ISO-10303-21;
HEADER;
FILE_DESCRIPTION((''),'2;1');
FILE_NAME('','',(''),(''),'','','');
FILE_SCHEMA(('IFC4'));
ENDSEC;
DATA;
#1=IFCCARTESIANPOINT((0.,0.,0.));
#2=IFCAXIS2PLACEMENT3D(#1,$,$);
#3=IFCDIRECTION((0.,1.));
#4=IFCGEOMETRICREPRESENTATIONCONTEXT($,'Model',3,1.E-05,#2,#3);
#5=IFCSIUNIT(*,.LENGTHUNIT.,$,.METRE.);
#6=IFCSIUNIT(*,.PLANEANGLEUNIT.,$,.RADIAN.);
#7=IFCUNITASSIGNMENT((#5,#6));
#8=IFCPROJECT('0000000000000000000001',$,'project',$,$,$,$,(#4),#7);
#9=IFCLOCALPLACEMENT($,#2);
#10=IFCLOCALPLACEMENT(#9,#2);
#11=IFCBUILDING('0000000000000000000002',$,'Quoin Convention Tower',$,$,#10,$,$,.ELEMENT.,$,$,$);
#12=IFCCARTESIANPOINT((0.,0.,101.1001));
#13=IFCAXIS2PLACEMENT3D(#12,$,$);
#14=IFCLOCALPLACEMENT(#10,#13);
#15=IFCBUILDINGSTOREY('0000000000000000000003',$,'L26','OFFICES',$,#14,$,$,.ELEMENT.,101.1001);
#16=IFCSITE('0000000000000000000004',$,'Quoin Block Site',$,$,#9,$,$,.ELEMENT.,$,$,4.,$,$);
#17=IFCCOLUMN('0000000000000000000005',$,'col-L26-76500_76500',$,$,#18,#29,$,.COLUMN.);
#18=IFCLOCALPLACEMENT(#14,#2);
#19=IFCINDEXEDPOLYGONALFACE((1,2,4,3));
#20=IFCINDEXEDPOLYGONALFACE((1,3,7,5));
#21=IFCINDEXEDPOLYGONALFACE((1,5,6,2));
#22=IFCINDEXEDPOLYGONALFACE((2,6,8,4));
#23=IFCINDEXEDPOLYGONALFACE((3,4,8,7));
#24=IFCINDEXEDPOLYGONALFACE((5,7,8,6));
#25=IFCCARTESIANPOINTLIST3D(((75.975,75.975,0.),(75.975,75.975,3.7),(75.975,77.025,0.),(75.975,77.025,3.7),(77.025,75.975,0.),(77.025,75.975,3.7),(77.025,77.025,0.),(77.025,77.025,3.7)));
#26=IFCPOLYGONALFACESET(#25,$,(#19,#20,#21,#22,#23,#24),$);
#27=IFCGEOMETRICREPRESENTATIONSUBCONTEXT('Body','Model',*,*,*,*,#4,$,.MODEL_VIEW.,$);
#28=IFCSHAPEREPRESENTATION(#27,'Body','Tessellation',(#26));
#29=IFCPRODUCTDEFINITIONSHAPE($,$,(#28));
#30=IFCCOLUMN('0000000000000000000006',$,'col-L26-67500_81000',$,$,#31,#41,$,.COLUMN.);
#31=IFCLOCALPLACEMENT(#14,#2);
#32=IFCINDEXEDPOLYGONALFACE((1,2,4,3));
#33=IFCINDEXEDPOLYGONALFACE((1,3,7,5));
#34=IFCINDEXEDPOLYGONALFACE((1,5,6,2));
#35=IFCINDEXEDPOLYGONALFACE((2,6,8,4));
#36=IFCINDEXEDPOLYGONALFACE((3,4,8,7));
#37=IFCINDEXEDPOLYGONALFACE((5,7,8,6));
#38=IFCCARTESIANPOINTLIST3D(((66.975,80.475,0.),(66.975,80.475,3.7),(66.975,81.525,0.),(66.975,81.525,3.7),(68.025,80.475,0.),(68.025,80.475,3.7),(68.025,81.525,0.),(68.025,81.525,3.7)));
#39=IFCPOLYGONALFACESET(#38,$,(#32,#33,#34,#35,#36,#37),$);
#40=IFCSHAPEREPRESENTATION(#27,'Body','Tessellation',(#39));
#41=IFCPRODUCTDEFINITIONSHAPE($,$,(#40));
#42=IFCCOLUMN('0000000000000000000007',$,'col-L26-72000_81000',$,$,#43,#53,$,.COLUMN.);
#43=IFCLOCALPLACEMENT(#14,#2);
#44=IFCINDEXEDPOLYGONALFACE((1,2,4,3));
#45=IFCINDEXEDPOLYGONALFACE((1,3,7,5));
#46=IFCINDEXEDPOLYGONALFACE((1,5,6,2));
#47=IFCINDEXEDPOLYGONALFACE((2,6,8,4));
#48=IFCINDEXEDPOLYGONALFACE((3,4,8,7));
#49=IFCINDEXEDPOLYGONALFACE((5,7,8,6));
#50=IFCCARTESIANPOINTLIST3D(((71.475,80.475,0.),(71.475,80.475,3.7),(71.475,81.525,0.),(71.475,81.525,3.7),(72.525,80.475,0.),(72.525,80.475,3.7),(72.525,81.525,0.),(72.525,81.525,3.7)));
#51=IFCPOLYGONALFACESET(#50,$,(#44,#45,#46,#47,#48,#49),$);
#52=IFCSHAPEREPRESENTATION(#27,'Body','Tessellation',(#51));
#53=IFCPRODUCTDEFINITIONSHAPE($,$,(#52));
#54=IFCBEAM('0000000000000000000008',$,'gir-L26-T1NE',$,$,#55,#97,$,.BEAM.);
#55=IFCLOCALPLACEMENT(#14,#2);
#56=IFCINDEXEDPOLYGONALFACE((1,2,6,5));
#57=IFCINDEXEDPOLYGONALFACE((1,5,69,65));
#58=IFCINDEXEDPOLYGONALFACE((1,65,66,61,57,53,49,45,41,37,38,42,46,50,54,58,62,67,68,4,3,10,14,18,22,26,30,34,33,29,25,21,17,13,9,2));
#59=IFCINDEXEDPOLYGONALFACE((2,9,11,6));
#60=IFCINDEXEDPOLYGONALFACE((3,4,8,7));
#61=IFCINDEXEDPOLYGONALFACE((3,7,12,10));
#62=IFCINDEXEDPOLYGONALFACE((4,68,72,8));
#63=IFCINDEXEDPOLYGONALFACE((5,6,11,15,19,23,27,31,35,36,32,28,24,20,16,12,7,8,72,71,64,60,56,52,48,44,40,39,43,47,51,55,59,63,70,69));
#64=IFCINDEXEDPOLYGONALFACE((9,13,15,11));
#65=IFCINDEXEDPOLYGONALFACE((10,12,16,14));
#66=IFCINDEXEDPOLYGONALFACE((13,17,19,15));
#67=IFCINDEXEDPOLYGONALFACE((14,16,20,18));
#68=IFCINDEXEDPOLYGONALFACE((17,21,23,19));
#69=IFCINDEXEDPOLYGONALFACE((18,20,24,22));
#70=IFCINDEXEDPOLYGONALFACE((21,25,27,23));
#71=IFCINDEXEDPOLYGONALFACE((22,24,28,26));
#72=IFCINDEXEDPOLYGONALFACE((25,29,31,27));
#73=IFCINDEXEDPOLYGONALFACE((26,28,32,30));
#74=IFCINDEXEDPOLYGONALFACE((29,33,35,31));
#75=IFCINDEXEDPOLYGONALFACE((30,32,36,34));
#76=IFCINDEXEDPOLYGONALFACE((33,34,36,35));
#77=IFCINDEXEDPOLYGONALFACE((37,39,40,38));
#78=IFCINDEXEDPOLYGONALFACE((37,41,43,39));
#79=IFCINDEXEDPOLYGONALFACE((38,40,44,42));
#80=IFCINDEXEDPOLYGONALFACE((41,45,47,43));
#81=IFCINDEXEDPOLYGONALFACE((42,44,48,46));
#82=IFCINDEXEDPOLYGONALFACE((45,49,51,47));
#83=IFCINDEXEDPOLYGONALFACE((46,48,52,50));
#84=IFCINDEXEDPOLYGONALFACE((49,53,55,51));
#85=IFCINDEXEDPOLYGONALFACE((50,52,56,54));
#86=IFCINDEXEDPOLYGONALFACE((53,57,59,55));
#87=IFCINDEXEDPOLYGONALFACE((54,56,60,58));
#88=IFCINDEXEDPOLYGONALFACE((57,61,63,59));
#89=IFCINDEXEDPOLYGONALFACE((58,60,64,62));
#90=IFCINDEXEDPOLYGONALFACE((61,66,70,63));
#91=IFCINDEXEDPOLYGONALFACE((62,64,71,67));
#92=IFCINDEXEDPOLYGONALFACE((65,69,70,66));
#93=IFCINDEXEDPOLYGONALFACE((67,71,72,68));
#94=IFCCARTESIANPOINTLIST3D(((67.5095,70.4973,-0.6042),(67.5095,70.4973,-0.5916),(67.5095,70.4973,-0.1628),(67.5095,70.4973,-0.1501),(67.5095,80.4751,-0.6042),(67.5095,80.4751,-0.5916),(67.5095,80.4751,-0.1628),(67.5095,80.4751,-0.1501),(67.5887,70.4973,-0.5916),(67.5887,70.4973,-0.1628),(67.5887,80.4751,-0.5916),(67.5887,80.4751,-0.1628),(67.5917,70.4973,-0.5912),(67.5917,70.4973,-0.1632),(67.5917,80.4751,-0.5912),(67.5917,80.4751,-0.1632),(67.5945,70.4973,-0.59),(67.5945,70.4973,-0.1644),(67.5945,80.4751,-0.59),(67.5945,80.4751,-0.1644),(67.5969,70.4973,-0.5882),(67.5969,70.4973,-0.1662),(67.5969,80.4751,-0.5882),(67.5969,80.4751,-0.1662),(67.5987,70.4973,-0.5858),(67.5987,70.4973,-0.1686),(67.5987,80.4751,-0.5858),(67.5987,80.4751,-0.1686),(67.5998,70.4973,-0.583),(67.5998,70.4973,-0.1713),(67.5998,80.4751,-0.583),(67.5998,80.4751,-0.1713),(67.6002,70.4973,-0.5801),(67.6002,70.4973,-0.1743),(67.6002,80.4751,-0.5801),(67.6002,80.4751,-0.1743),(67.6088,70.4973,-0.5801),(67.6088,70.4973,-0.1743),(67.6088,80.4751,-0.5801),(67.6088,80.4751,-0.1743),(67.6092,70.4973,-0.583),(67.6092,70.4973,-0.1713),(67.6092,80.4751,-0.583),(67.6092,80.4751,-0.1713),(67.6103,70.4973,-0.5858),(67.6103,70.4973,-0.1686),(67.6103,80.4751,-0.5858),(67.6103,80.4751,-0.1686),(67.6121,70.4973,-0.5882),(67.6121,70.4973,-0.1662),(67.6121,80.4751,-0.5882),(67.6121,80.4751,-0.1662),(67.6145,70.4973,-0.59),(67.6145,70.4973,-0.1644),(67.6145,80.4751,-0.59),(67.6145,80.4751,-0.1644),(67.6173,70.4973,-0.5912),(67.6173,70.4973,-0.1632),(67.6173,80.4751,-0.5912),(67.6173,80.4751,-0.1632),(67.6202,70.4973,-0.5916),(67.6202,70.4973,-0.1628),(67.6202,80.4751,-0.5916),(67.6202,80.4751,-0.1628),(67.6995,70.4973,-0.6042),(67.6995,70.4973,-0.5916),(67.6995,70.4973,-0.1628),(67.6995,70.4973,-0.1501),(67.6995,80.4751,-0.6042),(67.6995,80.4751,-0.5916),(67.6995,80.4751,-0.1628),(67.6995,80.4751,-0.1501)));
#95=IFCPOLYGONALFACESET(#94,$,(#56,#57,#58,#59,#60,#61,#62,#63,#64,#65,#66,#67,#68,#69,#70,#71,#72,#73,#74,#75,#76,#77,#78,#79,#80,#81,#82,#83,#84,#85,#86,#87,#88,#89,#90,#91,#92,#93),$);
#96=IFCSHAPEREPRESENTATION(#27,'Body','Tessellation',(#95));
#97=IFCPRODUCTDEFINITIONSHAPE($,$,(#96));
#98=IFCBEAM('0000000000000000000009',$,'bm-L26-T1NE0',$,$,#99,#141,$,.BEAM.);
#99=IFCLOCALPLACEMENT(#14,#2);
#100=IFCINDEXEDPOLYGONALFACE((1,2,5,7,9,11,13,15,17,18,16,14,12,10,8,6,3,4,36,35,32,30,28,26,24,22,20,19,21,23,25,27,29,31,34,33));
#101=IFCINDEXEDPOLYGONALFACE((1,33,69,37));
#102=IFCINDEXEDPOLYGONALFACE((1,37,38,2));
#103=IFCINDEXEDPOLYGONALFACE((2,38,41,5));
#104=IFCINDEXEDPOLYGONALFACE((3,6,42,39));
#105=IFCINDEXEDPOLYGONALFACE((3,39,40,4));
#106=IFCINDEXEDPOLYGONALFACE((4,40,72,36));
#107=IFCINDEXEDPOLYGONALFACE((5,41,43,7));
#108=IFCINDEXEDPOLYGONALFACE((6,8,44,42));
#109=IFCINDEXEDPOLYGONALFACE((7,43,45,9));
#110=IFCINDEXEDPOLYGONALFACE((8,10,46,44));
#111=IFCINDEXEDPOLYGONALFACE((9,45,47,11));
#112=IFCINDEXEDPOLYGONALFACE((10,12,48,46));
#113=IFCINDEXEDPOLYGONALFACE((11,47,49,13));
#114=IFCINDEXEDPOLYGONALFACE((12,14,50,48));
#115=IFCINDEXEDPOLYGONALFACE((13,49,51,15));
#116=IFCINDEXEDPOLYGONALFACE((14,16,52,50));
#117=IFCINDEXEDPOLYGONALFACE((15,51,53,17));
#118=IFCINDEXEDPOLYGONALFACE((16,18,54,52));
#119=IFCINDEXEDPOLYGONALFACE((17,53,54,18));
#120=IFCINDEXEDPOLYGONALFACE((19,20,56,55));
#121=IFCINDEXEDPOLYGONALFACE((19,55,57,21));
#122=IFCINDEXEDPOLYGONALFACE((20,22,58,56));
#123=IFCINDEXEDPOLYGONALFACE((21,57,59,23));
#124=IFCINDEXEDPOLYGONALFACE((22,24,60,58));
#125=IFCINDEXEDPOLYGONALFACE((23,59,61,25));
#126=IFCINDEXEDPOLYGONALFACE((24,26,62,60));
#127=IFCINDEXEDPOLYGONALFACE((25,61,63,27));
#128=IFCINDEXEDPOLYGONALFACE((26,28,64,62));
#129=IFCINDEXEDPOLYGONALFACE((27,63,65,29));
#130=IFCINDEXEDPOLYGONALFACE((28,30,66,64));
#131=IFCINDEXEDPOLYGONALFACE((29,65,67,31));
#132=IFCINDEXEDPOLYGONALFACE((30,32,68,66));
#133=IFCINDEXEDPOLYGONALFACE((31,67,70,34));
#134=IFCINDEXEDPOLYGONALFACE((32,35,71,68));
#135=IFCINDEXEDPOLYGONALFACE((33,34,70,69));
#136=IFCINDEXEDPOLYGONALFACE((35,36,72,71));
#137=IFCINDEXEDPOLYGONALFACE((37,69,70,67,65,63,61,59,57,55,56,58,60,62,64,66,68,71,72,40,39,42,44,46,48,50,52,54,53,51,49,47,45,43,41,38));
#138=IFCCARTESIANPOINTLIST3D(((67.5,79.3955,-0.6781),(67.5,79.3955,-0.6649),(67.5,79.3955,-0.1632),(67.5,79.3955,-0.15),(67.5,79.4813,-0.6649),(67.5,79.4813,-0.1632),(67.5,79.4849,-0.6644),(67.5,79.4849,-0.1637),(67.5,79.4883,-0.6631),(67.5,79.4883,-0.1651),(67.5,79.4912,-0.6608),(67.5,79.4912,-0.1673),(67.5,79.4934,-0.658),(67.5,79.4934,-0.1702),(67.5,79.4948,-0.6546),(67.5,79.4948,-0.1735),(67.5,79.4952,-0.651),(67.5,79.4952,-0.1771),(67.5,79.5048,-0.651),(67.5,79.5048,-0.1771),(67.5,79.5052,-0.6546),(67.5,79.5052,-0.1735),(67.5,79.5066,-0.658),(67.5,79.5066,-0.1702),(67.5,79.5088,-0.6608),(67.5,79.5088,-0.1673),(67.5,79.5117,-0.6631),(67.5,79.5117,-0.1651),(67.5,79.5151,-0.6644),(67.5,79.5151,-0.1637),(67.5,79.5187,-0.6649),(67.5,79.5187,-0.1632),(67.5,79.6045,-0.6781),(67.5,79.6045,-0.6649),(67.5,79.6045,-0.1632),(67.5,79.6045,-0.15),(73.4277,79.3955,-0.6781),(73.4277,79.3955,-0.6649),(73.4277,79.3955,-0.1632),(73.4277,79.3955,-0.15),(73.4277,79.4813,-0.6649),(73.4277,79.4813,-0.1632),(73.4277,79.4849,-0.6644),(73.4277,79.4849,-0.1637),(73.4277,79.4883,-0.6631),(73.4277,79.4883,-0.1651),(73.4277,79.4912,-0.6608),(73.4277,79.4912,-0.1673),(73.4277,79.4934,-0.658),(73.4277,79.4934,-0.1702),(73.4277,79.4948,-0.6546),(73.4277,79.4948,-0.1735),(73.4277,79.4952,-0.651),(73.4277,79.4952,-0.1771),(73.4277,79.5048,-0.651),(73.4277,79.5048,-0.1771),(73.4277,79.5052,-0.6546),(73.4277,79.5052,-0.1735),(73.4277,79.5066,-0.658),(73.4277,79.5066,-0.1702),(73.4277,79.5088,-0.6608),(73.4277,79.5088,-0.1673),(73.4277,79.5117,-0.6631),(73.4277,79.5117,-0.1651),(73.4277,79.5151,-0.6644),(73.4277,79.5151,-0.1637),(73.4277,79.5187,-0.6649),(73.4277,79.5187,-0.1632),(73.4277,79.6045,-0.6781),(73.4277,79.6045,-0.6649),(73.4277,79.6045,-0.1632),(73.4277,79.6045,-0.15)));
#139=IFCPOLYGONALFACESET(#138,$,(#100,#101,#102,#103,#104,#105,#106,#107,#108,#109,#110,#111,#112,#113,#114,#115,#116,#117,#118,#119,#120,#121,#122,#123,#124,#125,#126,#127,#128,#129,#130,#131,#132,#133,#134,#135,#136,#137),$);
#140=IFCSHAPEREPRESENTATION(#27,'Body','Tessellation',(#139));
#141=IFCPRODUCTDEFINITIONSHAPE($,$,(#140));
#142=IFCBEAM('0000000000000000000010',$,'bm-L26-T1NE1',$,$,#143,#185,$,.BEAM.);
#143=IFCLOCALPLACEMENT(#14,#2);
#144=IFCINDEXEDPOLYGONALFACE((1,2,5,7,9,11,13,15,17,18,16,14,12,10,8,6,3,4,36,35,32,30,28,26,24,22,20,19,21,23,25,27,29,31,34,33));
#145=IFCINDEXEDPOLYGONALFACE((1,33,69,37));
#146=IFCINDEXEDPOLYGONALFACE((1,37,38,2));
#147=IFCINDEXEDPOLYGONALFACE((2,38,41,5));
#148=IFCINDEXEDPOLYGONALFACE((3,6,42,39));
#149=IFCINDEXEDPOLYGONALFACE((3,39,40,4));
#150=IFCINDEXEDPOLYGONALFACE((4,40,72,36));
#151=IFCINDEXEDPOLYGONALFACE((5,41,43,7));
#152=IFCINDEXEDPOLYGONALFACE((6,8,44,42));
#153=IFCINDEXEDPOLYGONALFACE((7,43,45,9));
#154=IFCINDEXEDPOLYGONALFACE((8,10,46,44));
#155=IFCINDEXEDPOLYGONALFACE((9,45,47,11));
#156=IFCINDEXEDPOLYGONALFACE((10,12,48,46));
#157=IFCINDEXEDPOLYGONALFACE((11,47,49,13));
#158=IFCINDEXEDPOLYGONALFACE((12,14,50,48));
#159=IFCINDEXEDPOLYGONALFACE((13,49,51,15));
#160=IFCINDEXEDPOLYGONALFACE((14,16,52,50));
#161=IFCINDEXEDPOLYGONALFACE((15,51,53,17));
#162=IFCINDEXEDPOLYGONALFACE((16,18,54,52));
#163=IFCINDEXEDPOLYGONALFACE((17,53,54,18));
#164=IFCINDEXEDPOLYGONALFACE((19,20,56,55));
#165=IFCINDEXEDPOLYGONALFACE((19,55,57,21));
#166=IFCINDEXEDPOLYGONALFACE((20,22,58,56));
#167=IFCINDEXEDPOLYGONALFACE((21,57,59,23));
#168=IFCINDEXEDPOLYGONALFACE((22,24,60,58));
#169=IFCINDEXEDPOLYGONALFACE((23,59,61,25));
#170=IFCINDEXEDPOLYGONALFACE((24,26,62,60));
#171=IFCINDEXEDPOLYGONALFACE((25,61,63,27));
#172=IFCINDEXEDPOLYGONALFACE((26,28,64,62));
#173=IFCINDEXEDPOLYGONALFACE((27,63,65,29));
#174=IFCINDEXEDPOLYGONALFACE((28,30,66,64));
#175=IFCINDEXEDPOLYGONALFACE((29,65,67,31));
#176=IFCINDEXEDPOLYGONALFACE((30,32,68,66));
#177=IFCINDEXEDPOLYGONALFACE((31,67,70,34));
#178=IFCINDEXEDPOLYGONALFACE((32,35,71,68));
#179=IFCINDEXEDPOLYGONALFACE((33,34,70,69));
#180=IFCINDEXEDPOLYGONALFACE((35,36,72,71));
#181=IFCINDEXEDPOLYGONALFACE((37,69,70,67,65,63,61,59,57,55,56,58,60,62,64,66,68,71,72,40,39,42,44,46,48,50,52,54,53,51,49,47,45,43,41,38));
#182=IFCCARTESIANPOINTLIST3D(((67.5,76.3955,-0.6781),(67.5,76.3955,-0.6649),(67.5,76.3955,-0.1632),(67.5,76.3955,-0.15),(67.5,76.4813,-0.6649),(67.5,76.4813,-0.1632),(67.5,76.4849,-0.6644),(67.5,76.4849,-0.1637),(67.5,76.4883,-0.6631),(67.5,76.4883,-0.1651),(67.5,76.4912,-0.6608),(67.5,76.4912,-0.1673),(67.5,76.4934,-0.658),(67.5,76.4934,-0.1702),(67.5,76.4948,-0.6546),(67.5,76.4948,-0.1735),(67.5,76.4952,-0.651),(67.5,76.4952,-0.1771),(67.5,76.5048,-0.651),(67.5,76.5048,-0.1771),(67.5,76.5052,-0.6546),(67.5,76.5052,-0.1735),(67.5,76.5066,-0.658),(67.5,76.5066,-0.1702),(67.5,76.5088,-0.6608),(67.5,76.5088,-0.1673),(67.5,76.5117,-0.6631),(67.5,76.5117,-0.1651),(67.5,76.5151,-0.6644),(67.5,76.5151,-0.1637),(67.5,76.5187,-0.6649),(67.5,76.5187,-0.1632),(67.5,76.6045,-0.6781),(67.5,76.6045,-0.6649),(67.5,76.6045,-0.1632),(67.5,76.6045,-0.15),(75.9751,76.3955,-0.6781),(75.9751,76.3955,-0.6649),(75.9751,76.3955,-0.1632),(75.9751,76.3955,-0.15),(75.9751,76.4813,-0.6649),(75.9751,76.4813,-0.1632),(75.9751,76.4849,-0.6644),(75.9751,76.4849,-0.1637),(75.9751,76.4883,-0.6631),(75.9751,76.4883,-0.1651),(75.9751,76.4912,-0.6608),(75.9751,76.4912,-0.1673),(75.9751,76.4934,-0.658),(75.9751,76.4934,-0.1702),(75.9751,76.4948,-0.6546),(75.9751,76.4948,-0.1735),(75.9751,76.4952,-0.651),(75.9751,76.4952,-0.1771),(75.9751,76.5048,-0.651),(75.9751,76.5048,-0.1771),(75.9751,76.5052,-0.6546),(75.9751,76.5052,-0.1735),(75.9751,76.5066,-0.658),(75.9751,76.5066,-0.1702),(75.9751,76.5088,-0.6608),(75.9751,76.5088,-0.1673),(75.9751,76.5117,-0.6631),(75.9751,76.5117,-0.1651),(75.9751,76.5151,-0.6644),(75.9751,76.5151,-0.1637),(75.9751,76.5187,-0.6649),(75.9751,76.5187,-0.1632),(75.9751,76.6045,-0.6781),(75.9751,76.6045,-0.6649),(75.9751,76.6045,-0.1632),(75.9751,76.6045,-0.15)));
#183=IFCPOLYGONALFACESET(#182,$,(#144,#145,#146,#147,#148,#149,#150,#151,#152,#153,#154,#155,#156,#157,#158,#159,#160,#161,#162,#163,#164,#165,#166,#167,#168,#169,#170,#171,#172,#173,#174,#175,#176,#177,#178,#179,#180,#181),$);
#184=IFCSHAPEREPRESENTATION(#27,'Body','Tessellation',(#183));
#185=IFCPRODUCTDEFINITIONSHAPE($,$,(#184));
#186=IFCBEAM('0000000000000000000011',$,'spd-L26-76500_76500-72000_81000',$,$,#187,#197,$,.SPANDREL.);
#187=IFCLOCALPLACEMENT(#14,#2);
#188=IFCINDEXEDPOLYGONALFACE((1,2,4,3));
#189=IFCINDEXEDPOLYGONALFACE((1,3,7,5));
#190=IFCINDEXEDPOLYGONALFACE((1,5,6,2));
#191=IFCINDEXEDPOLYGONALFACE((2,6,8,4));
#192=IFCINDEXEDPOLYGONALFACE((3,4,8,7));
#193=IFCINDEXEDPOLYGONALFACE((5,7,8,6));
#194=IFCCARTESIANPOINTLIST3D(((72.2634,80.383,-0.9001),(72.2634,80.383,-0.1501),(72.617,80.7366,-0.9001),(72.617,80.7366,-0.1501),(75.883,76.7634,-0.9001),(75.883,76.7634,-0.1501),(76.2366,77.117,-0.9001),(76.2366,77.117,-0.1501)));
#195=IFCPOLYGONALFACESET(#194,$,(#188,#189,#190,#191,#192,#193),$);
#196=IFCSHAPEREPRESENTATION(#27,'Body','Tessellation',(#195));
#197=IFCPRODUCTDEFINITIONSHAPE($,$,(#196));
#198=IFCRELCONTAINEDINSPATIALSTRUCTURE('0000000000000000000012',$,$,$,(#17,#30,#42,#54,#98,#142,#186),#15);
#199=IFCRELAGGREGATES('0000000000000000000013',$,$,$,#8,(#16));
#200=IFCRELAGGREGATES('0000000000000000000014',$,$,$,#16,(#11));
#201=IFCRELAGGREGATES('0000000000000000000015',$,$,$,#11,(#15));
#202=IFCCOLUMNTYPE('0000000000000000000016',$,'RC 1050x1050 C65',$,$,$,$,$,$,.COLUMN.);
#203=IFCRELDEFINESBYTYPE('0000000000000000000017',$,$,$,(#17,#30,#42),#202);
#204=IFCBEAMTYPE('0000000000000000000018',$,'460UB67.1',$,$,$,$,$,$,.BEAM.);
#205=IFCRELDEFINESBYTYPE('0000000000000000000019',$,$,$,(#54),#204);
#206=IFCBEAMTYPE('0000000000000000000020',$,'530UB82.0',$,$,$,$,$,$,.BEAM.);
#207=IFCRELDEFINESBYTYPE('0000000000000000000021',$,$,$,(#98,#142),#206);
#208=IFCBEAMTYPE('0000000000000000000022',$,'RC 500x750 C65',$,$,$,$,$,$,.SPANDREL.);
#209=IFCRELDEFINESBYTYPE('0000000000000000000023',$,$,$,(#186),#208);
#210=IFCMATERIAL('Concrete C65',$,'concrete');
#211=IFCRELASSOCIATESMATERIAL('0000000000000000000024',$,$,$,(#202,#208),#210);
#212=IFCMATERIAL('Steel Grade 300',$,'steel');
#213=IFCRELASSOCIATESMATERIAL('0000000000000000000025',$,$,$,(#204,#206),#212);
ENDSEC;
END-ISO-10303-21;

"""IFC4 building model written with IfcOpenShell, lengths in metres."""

from ifc_helpers import new_model, si_unit, direction, frame, origin, origin_2d, place, context, subcontext, project, spatial, rectangle, i_section, extrude, material, material_profile, profile_set, type_object, element, save


model = new_model("IFC4")

# Units and contexts
model_context = context("Model", 3, precision=1e-05, world=origin(), true_north=direction((0.0, 1.0)))
body_context = subcontext(model_context, "Body", "Model", "MODEL_VIEW")
ifc_project = project(units=[si_unit("LENGTHUNIT", "METRE"), si_unit("PLANEANGLEUNIT", "RADIAN")], contexts=[model_context])

# Site, building, storey
site_placement = place(None, origin())
site = spatial("IfcSite", under=ifc_project, at=site_placement, Name="Quoin Block Site", CompositionType="ELEMENT", RefElevation=4.0)
building_placement = place(site_placement, origin())
building = spatial("IfcBuilding", under=site, at=building_placement, Name="Quoin Convention Tower", CompositionType="ELEMENT")
storey_placement = place(building_placement, frame((0.0, 0.0, 101.1001)))
storey = spatial("IfcBuildingStorey", under=building, at=storey_placement, Name="L26", Description="OFFICES", CompositionType="ELEMENT", Elevation=101.1001)

# Columns
ifc_material_1 = material(Name="Concrete C65", Category="concrete")
ifc_material_profile_1 = material_profile(ifc_material_1, rectangle(XDim=1.05, YDim=1.05, at=origin_2d()), Name="RC 1050x1050")
ifc_profile_set_1 = profile_set([ifc_material_profile_1], Name="Concrete C65")
column_type = type_object("IfcColumnType", Name="RC 1050x1050 C65", PredefinedType="COLUMN", material=ifc_profile_set_1)
for number, where, z_axis, x_axis, name in (
    (1, (76.5, 76.5, 0.0), (0.0, 0.0, 1.0), (1.0, 0.0, 0.0), "col-L26-76500_76500"),
    (2, (67.5, 81.0, 0.0), (0.0, 0.0, 1.0), (1.0, 0.0, 0.0), "col-L26-67500_81000"),
    (3, (72.0, 81.0, 0.0), (0.0, 0.0, 1.0), (1.0, 0.0, 0.0), "col-L26-72000_81000"),
):
    element("IfcColumn", number, at=place(storey_placement, frame(where, z_axis=z_axis, x_axis=x_axis)), inside=storey, type_object=column_type, Name=name, PredefinedType="COLUMN", context=body_context, shape_type="SweptSolid", body=[
        extrude(rectangle(XDim=1.05, YDim=1.05, at=origin_2d()), origin(), (0.0, 0.0, 1.0), 3.7),
    ])

# Beams
ifc_material_2 = material(Name="Steel Grade 300", Category="steel")
ifc_material_profile_2 = material_profile(ifc_material_2, i_section(OverallWidth=0.1899, OverallDepth=0.4541, WebThickness=0.0085, FlangeThickness=0.0127, FilletRadius=0.0115, at=origin_2d()), Name="460UB67.1")
ifc_profile_set_2 = profile_set([ifc_material_profile_2], Name="Steel Grade 300")
beam_type_1 = type_object("IfcBeamType", Name="460UB67.1", PredefinedType="BEAM", material=ifc_profile_set_2)
beam_1_placement = place(storey_placement, frame((67.6045, 80.4751, -0.3772), z_axis=(0.0, -1.0, 0.0), x_axis=(1.0, 0.0, 0.0)))
element("IfcBeam", 4, at=beam_1_placement, inside=storey, type_object=beam_type_1, Name="gir-L26-T1NE", PredefinedType="BEAM", context=body_context, shape_type="SweptSolid", body=[
    extrude(i_section(OverallWidth=0.1899, OverallDepth=0.4541, WebThickness=0.0085, FlangeThickness=0.0127, FilletRadius=0.0115, at=origin_2d()), origin(), (0.0, 0.0, 1.0), 9.9778),
])
ifc_material_profile_3 = material_profile(ifc_material_2, i_section(OverallWidth=0.209, OverallDepth=0.5281, WebThickness=0.0095, FlangeThickness=0.0132, FilletRadius=0.0139, at=origin_2d()), Name="530UB82.0")
ifc_profile_set_3 = profile_set([ifc_material_profile_3], Name="Steel Grade 300")
beam_type_2 = type_object("IfcBeamType", Name="530UB82.0", PredefinedType="BEAM", material=ifc_profile_set_3)
beam_2_placement = place(storey_placement, frame((67.5, 79.5, -0.4141), z_axis=(1.0, 0.0, 0.0), x_axis=(0.0, 1.0, 0.0)))
element("IfcBeam", 5, at=beam_2_placement, inside=storey, type_object=beam_type_2, Name="bm-L26-T1NE0", PredefinedType="BEAM", context=body_context, shape_type="SweptSolid", body=[
    extrude(i_section(OverallWidth=0.209, OverallDepth=0.5281, WebThickness=0.0095, FlangeThickness=0.0132, FilletRadius=0.0139, at=origin_2d()), origin(), (0.0, 0.0, 1.0), 5.9277),
])
beam_3_placement = place(storey_placement, frame((67.5, 76.5, -0.4141), z_axis=(1.0, 0.0, 0.0), x_axis=(0.0, 1.0, 0.0)))
element("IfcBeam", 6, at=beam_3_placement, inside=storey, type_object=beam_type_2, Name="bm-L26-T1NE1", PredefinedType="BEAM", context=body_context, shape_type="SweptSolid", body=[
    extrude(i_section(OverallWidth=0.209, OverallDepth=0.5281, WebThickness=0.0095, FlangeThickness=0.0132, FilletRadius=0.0139, at=origin_2d()), origin(), (0.0, 0.0, 1.0), 8.4751),
])
ifc_material_profile_4 = material_profile(ifc_material_1, rectangle(XDim=0.5, YDim=0.75, at=origin_2d()), Name="RC 500x750")
ifc_profile_set_4 = profile_set([ifc_material_profile_4], Name="Concrete C65")
beam_type_3 = type_object("IfcBeamType", Name="RC 500x750 C65", PredefinedType="SPANDREL", material=ifc_profile_set_4)
beam_4_placement = place(storey_placement, frame((76.0598, 76.9402, -0.5251), z_axis=(-0.707107, 0.707107, 0.0), x_axis=(-0.707107, -0.707107, 0.0)))
element("IfcBeam", 7, at=beam_4_placement, inside=storey, type_object=beam_type_3, Name="spd-L26-76500_76500-72000_81000", PredefinedType="SPANDREL", context=body_context, shape_type="SweptSolid", body=[
    extrude(rectangle(XDim=0.5, YDim=0.75, at=origin_2d()), origin(), (0.0, 0.0, 1.0), 5.1189),
])

save(model, "model.ifc")
